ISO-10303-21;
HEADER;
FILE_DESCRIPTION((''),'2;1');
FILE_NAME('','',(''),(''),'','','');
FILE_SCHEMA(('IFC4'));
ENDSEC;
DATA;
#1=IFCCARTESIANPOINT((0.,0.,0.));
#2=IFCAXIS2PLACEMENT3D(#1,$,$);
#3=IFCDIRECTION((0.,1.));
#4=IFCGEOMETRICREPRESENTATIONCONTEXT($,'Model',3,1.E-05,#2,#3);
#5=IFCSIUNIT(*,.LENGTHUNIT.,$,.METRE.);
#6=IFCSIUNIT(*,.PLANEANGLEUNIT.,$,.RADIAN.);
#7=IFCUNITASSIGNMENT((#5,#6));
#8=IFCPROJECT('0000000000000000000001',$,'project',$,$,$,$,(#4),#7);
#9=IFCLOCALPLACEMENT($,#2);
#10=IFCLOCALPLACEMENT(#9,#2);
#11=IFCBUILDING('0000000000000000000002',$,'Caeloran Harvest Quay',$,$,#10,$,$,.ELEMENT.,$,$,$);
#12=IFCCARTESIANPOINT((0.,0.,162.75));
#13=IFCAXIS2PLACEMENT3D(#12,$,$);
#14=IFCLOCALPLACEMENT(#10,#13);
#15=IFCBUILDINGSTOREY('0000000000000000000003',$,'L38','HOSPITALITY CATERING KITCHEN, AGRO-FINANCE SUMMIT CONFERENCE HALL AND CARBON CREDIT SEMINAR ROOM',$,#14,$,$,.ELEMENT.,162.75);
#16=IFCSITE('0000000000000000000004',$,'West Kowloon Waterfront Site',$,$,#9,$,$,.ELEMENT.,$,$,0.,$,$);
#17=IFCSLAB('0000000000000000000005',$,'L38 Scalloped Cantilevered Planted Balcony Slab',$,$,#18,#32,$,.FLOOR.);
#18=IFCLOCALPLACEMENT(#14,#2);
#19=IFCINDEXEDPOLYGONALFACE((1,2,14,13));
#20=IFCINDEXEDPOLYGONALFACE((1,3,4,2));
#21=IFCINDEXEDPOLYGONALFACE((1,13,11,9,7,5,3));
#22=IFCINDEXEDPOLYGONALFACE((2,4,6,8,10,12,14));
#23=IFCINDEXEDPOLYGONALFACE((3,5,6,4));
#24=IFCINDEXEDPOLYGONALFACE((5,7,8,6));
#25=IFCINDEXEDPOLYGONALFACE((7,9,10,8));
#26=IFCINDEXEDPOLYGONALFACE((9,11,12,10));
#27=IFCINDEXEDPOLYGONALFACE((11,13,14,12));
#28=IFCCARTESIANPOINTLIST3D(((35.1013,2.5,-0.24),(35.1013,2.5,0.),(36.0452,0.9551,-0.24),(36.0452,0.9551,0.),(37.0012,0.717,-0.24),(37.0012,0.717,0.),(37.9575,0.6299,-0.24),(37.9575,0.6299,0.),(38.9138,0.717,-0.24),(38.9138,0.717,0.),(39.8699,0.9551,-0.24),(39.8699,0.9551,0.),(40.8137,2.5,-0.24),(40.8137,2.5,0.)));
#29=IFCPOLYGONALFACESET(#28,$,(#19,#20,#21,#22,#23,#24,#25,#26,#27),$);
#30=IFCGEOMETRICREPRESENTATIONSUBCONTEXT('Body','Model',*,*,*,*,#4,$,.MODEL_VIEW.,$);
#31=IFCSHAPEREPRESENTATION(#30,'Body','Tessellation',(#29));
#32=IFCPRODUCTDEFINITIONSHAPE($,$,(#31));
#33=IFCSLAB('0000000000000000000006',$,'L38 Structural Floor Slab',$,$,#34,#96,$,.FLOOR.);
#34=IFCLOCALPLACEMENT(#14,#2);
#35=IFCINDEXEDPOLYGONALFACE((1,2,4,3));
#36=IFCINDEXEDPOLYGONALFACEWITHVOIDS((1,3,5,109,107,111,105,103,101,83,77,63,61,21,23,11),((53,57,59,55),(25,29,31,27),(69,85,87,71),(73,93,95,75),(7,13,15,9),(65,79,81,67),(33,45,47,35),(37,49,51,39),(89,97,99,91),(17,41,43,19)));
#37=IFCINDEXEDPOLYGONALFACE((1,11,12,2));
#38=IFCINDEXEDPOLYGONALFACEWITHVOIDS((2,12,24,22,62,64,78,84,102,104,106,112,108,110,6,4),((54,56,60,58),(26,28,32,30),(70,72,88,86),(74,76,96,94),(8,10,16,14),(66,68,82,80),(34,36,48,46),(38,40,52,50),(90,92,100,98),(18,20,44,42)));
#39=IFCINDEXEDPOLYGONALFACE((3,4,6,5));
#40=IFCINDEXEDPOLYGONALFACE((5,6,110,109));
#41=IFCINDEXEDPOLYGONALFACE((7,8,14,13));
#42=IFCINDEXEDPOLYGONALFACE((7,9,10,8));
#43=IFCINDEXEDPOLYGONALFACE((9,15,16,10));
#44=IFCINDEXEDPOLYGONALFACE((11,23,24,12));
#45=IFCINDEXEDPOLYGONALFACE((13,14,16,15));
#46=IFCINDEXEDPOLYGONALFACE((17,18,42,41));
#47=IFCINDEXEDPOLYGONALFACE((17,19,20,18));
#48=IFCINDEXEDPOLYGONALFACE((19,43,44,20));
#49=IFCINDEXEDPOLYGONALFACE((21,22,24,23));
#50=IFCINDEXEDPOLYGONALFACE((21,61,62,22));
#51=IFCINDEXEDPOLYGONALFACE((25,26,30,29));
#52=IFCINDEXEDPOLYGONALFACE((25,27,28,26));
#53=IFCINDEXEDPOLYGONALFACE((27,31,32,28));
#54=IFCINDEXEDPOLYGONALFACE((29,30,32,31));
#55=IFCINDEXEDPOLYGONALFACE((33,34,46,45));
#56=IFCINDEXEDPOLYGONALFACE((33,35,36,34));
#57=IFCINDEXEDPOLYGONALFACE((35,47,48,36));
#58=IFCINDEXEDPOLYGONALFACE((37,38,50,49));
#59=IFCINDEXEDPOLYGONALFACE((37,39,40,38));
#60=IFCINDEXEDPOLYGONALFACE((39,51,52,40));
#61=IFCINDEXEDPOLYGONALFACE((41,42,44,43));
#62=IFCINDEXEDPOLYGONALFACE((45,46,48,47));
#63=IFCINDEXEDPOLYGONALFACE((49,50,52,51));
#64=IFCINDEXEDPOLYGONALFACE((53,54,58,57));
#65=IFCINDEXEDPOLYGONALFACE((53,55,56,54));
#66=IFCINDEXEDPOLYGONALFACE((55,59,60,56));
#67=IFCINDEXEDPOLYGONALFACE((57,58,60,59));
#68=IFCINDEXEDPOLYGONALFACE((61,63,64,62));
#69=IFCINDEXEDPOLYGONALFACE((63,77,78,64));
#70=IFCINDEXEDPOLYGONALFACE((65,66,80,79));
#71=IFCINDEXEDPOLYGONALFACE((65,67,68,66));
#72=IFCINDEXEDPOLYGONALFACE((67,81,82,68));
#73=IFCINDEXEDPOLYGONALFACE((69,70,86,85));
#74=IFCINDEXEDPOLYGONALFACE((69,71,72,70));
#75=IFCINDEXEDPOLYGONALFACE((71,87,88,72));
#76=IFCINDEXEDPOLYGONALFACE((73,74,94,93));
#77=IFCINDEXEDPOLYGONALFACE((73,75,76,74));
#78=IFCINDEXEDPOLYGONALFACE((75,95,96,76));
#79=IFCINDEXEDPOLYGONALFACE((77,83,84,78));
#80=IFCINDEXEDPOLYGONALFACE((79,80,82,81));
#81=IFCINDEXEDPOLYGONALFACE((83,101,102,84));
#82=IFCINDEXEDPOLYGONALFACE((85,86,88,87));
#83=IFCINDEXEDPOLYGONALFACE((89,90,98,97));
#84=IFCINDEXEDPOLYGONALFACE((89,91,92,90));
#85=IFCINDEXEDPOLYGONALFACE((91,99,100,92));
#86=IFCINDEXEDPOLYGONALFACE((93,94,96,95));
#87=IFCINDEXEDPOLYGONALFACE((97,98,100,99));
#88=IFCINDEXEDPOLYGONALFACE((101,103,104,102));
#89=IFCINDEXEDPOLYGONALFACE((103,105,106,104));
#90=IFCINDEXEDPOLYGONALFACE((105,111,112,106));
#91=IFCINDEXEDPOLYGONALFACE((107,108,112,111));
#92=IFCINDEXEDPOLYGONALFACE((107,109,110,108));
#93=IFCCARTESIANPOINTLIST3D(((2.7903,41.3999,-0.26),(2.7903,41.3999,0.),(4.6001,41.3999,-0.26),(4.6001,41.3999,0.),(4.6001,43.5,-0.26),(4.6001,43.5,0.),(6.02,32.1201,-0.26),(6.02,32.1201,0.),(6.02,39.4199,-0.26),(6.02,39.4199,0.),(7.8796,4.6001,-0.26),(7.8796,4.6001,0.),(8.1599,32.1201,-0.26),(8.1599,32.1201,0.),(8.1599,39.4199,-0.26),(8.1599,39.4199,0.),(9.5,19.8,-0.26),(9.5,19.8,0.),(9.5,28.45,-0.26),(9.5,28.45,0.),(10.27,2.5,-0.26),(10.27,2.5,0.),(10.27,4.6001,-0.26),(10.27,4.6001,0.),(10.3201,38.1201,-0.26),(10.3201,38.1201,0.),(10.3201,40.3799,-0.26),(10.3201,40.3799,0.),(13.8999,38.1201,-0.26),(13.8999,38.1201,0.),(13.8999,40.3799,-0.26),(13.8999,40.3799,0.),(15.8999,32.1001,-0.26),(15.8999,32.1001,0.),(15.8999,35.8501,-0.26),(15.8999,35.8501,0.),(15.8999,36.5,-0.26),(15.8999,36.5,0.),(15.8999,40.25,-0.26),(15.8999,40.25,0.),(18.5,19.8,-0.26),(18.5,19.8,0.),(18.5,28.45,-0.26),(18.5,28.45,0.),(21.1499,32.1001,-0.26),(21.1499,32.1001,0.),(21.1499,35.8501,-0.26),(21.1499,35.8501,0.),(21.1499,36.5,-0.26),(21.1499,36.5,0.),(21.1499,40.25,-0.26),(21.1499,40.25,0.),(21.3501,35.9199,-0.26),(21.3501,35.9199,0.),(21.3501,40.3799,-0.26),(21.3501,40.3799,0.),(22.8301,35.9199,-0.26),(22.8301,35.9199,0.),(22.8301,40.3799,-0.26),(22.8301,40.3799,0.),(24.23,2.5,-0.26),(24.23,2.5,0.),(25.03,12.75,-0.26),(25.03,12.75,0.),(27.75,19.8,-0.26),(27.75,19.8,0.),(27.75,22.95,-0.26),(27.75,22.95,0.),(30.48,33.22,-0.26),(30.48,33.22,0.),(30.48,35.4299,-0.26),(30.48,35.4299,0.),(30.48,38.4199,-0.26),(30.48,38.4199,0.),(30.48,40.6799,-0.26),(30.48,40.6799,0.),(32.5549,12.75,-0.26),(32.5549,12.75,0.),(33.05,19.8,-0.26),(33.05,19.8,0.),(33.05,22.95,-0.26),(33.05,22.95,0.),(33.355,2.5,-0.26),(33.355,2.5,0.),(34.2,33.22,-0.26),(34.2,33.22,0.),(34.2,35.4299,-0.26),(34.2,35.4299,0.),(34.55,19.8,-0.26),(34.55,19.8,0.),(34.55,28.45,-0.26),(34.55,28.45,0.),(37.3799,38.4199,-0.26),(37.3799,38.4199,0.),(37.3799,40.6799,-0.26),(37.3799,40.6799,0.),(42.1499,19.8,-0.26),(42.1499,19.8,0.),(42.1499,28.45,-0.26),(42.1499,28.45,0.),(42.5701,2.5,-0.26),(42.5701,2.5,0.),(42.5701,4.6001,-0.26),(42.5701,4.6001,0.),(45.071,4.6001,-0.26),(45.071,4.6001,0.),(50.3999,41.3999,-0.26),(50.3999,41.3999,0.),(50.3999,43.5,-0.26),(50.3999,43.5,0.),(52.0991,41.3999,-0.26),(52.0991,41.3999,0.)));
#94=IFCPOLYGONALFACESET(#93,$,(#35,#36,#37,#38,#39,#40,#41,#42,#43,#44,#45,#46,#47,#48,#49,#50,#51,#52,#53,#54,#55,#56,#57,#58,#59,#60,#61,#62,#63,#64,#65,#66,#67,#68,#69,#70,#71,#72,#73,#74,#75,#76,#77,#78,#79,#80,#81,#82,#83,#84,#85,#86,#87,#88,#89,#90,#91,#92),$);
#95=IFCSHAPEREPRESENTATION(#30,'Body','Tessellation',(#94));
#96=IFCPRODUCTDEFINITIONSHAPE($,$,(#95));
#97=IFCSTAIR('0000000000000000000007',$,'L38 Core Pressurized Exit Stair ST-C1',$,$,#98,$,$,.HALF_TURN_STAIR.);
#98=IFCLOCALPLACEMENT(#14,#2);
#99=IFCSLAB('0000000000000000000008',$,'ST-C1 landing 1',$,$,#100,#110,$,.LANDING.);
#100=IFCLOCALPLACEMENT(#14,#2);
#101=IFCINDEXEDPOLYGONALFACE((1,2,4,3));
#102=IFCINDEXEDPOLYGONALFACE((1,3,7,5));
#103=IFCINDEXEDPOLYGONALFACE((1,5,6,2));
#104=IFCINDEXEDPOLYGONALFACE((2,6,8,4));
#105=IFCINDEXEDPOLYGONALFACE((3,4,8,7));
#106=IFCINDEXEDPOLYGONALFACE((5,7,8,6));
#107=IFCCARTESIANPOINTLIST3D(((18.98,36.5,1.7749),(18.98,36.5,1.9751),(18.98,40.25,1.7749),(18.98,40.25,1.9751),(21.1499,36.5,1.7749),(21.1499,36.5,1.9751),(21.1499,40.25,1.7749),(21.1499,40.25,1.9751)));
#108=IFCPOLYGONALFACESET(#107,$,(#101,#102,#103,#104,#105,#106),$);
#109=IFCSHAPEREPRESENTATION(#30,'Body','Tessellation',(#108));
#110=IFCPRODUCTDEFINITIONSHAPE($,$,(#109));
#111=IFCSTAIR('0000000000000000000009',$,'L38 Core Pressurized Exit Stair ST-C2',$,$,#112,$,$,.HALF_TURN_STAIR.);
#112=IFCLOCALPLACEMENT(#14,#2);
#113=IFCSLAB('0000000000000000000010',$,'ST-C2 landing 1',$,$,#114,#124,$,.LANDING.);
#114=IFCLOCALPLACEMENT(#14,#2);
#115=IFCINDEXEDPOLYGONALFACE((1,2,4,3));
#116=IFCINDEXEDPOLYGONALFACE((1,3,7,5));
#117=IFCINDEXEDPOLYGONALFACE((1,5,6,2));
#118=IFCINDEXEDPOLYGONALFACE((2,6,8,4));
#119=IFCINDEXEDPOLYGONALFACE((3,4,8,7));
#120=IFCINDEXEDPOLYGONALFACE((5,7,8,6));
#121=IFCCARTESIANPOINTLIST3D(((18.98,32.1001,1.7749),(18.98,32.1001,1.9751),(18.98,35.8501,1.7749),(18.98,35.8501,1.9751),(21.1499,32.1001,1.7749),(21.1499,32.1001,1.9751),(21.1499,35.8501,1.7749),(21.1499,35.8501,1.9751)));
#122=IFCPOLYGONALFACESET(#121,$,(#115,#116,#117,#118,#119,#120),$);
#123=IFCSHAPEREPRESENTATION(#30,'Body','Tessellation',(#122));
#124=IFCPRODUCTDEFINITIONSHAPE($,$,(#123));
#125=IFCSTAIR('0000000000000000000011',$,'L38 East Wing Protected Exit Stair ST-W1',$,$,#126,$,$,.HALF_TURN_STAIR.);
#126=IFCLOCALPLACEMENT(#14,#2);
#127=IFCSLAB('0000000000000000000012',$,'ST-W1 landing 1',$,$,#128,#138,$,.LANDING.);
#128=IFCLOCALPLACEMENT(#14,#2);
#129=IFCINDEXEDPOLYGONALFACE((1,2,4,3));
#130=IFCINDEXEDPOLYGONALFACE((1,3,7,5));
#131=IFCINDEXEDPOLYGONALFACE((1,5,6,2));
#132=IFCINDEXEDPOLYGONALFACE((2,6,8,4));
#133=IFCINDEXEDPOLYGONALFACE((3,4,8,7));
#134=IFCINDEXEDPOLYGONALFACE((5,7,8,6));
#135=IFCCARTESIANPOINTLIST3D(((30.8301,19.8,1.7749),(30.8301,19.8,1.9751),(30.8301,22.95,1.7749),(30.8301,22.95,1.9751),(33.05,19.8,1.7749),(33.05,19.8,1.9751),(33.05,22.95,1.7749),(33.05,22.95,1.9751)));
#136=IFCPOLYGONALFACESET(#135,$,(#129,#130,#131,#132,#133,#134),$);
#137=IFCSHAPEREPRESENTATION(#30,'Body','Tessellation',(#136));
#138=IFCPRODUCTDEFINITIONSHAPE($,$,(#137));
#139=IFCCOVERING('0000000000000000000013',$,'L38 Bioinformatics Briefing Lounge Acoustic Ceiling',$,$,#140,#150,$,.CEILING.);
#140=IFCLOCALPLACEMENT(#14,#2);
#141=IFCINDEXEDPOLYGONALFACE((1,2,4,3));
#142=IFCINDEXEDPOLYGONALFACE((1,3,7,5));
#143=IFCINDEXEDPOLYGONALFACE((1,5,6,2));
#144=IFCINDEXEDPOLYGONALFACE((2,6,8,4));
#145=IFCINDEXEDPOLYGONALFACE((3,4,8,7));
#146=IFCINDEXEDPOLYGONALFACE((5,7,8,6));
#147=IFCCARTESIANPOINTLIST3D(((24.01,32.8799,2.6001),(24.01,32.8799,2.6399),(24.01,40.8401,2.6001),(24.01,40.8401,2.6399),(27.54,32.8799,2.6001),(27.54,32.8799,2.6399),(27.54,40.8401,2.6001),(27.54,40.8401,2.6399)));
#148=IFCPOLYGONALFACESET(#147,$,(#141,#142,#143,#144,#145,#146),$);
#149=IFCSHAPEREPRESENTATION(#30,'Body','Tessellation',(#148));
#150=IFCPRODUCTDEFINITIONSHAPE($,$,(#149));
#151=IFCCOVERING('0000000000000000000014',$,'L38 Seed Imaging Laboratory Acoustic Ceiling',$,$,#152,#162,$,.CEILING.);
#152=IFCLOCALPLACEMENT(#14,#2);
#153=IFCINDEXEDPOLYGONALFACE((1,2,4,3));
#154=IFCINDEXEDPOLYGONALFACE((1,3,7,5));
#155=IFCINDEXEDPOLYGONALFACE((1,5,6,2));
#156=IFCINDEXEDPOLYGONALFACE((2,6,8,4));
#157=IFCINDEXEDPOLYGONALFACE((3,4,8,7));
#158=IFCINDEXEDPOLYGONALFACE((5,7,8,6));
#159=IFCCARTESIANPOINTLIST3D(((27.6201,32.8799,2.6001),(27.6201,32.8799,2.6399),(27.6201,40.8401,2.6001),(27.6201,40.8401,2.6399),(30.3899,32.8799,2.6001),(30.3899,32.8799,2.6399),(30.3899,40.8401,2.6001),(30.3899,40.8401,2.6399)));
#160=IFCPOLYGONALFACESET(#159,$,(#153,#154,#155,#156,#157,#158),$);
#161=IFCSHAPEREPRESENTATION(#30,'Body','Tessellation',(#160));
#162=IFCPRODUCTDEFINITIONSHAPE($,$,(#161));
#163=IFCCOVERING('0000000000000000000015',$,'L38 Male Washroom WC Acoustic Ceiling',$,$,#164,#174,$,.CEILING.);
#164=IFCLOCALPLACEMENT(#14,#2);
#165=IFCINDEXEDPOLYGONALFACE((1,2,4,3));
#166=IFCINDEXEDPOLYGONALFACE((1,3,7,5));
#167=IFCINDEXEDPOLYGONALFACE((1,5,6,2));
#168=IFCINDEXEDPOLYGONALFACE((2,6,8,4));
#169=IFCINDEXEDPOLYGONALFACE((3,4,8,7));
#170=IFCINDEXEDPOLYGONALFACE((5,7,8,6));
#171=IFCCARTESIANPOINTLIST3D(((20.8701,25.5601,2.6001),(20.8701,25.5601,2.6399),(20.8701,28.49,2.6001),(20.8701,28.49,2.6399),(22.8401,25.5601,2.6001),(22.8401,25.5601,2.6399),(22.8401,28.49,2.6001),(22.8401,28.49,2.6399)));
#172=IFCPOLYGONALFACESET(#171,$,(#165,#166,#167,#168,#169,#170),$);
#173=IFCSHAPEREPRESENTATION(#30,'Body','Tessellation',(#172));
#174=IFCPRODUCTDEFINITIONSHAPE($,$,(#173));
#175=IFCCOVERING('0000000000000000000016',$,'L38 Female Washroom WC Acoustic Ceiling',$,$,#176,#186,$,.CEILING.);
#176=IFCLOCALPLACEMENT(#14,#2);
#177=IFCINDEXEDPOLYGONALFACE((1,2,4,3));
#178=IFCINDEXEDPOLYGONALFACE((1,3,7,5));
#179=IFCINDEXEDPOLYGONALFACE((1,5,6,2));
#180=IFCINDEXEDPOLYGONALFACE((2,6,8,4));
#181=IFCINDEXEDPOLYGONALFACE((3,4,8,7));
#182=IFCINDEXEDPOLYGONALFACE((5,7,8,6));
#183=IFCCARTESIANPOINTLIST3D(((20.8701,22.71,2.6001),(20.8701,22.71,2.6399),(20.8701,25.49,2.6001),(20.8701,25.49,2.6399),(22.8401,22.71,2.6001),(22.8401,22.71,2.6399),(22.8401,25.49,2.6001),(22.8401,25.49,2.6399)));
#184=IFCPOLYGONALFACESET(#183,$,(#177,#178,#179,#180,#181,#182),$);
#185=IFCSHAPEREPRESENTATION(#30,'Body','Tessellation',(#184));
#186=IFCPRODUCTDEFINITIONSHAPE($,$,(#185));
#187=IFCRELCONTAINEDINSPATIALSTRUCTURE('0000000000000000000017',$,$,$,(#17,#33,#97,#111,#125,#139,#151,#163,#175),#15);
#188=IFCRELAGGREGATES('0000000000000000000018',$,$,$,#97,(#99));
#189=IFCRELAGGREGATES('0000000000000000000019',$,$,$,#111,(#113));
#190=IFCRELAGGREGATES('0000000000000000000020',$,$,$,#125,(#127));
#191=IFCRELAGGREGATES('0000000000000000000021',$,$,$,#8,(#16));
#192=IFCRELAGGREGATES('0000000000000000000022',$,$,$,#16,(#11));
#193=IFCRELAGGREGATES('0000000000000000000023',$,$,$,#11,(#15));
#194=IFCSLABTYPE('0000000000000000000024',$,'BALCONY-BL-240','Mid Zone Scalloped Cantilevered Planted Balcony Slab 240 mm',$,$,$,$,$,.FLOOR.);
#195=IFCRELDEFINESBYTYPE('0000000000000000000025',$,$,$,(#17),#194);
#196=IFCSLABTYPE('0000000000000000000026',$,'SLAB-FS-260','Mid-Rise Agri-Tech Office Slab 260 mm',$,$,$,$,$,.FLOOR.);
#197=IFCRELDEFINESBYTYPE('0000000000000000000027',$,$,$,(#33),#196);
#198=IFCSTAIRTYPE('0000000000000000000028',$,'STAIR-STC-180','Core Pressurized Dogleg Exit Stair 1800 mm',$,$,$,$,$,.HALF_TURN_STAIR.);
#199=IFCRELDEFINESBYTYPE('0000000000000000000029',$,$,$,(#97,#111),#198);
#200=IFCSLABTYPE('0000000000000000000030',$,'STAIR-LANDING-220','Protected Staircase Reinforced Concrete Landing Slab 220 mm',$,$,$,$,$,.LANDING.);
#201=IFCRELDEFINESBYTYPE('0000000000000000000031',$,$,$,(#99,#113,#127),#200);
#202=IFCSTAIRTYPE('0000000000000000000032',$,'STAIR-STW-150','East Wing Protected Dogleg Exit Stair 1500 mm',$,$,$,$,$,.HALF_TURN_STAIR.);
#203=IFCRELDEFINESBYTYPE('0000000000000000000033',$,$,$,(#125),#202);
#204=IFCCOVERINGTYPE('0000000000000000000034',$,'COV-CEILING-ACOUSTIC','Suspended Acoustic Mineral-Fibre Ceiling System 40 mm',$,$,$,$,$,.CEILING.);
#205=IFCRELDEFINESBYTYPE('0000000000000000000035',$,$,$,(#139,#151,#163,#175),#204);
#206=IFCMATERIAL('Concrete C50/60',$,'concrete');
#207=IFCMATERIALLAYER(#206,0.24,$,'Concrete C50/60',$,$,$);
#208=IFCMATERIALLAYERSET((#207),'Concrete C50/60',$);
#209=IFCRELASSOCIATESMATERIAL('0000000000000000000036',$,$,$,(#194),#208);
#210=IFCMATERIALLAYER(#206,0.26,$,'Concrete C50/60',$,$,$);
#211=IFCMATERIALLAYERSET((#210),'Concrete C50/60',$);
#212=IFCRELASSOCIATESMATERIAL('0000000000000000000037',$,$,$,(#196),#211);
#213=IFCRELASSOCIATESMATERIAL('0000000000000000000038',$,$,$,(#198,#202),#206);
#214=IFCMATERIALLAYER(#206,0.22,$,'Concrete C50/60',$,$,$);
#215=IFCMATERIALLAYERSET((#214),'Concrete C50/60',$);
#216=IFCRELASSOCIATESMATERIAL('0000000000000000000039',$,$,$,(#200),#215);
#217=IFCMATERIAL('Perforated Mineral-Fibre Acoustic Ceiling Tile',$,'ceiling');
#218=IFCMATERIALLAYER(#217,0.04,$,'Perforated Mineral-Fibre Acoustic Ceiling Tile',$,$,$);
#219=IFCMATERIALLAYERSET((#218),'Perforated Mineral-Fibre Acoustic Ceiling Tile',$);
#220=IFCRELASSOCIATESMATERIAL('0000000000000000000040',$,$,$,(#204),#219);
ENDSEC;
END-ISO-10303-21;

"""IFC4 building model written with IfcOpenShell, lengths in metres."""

from ifc_helpers import new_model, si_unit, direction, frame, origin, place, context, subcontext, project, spatial, polyline, outline, extrude, material, layer, layer_set, type_object, element, aggregate, save


model = new_model("IFC4")

# Units and contexts
model_context = context("Model", 3, precision=1e-05, world=origin(), true_north=direction((0.0, 1.0)))
body_context = subcontext(model_context, "Body", "Model", "MODEL_VIEW")
ifc_project = project(units=[si_unit("LENGTHUNIT", "METRE"), si_unit("PLANEANGLEUNIT", "RADIAN")], contexts=[model_context])

# Site, building, storey
site_placement = place(None, origin())
site = spatial("IfcSite", under=ifc_project, at=site_placement, Name="West Kowloon Waterfront Site", CompositionType="ELEMENT", RefElevation=0.0)
building_placement = place(site_placement, origin())
building = spatial("IfcBuilding", under=site, at=building_placement, Name="Caeloran Harvest Quay", CompositionType="ELEMENT")
storey_placement = place(building_placement, frame((0.0, 0.0, 162.75)))
storey = spatial("IfcBuildingStorey", under=building, at=storey_placement, Name="L38", Description="HOSPITALITY CATERING KITCHEN, AGRO-FINANCE SUMMIT CONFERENCE HALL AND CARBON CREDIT SEMINAR ROOM", CompositionType="ELEMENT", Elevation=162.75)

# Slabs
ifc_material_1 = material(Name="Concrete C50/60", Category="concrete")
ifc_layer_1 = layer(ifc_material_1, 0.24, Name="Concrete C50/60")
ifc_layer_set_1 = layer_set([ifc_layer_1], Name="Concrete C50/60")
slab_type_1 = type_object("IfcSlabType", Name="BALCONY-BL-240", Description="Mid Zone Scalloped Cantilevered Planted Balcony Slab 240 mm", PredefinedType="FLOOR", material=ifc_layer_set_1)
slab_1_placement = place(storey_placement, frame((0.0, 0.0, -0.24)))
element("IfcSlab", 1, at=slab_1_placement, inside=storey, type_object=slab_type_1, Name="L38 Scalloped Cantilevered Planted Balcony Slab", PredefinedType="FLOOR", context=body_context, shape_type="SweptSolid", body=[
    extrude(outline(polyline([(39.8699, 0.9551), (38.9138, 0.717), (37.9575, 0.6299), (37.0012, 0.717), (36.0452, 0.9551), (35.1013, 2.5), (40.8137, 2.5), (39.8699, 0.9551)])), origin(), (0.0, 0.0, 1.0), 0.24),
])
ifc_layer_2 = layer(ifc_material_1, 0.26, Name="Concrete C50/60")
ifc_layer_set_2 = layer_set([ifc_layer_2], Name="Concrete C50/60")
slab_type_2 = type_object("IfcSlabType", Name="SLAB-FS-260", Description="Mid-Rise Agri-Tech Office Slab 260 mm", PredefinedType="FLOOR", material=ifc_layer_set_2)
slab_2_placement = place(storey_placement, frame((0.0, 0.0, -0.26)))
element("IfcSlab", 2, at=slab_2_placement, inside=storey, type_object=slab_type_2, Name="L38 Structural Floor Slab", PredefinedType="FLOOR", context=body_context, shape_type="SweptSolid", body=[
    extrude(outline(polyline([(10.27, 2.5), (24.23, 2.5), (25.03, 12.75), (32.5549, 12.75), (33.355, 2.5), (42.5701, 2.5), (42.5701, 4.6001), (45.071, 4.6001), (52.0991, 41.3999), (50.3999, 41.3999), (50.3999, 43.5), (4.6001, 43.5), (4.6001, 41.3999), (2.7903, 41.3999), (7.8796, 4.6001), (10.27, 4.6001), (10.27, 2.5)]), holes=[polyline([(27.75, 19.8), (27.75, 22.95), (33.05, 22.95), (33.05, 19.8), (27.75, 19.8)]), polyline([(18.5, 19.8), (9.5, 19.8), (9.5, 28.45), (18.5, 28.45), (18.5, 19.8)]), polyline([(42.1499, 19.8), (34.55, 19.8), (34.55, 28.45), (42.1499, 28.45), (42.1499, 19.8)]), polyline([(15.8999, 35.8501), (21.1499, 35.8501), (21.1499, 32.1001), (15.8999, 32.1001), (15.8999, 35.8501)]), polyline([(30.48, 33.22), (30.48, 35.4299), (34.2, 35.4299), (34.2, 33.22), (30.48, 33.22)]), polyline([(8.1599, 32.1201), (6.02, 32.1201), (6.02, 39.4199), (8.1599, 39.4199), (8.1599, 32.1201)]), polyline([(22.8301, 35.9199), (21.3501, 35.9199), (21.3501, 40.3799), (22.8301, 40.3799), (22.8301, 35.9199)]), polyline([(15.8999, 36.5), (15.8999, 40.25), (21.1499, 40.25), (21.1499, 36.5), (15.8999, 36.5)]), polyline([(10.3201, 38.1201), (10.3201, 40.3799), (13.8999, 40.3799), (13.8999, 38.1201), (10.3201, 38.1201)]), polyline([(30.48, 38.4199), (30.48, 40.6799), (37.3799, 40.6799), (37.3799, 38.4199), (30.48, 38.4199)])]), origin(), (0.0, 0.0, 1.0), 0.26),
])

# Stairs, slabs
stair_type_1 = type_object("IfcStairType", Name="STAIR-STC-180", Description="Core Pressurized Dogleg Exit Stair 1800 mm", PredefinedType="HALF_TURN_STAIR", material=ifc_material_1)
stair_1_placement = place(storey_placement, origin())
stair_1 = element("IfcStair", 3, at=stair_1_placement, inside=storey, type_object=stair_type_1, Name="L38 Core Pressurized Exit Stair ST-C1", PredefinedType="HALF_TURN_STAIR")
ifc_layer_3 = layer(ifc_material_1, 0.22, Name="Concrete C50/60")
ifc_layer_set_3 = layer_set([ifc_layer_3], Name="Concrete C50/60")
slab_type_3 = type_object("IfcSlabType", Name="STAIR-LANDING-220", Description="Protected Staircase Reinforced Concrete Landing Slab 220 mm", PredefinedType="LANDING", material=ifc_layer_set_3)
slab_3_placement = place(storey_placement, frame((0.0, 0.0, 1.7749)))
slab_3 = element("IfcSlab", 4, at=slab_3_placement, type_object=slab_type_3, Name="ST-C1 landing 1", PredefinedType="LANDING", context=body_context, shape_type="SweptSolid", body=[
    extrude(outline(polyline([(18.98, 36.5), (21.1499, 36.5), (21.1499, 40.25), (18.98, 40.25), (18.98, 36.5)])), origin(), (0.0, 0.0, 1.0), 0.2002),
])
aggregate(stair_1, [slab_3])
stair_2_placement = place(storey_placement, origin())
stair_2 = element("IfcStair", 5, at=stair_2_placement, inside=storey, type_object=stair_type_1, Name="L38 Core Pressurized Exit Stair ST-C2", PredefinedType="HALF_TURN_STAIR")
slab_4_placement = place(storey_placement, frame((0.0, 0.0, 1.7749)))
slab_4 = element("IfcSlab", 6, at=slab_4_placement, type_object=slab_type_3, Name="ST-C2 landing 1", PredefinedType="LANDING", context=body_context, shape_type="SweptSolid", body=[
    extrude(outline(polyline([(18.98, 32.1001), (21.1499, 32.1001), (21.1499, 35.8501), (18.98, 35.8501), (18.98, 32.1001)])), origin(), (0.0, 0.0, 1.0), 0.2002),
])
aggregate(stair_2, [slab_4])
stair_type_2 = type_object("IfcStairType", Name="STAIR-STW-150", Description="East Wing Protected Dogleg Exit Stair 1500 mm", PredefinedType="HALF_TURN_STAIR", material=ifc_material_1)
stair_3_placement = place(storey_placement, origin())
stair_3 = element("IfcStair", 7, at=stair_3_placement, inside=storey, type_object=stair_type_2, Name="L38 East Wing Protected Exit Stair ST-W1", PredefinedType="HALF_TURN_STAIR")
slab_5_placement = place(storey_placement, frame((0.0, 0.0, 1.7749)))
slab_5 = element("IfcSlab", 8, at=slab_5_placement, type_object=slab_type_3, Name="ST-W1 landing 1", PredefinedType="LANDING", context=body_context, shape_type="SweptSolid", body=[
    extrude(outline(polyline([(30.8301, 19.8), (33.05, 19.8), (33.05, 22.95), (30.8301, 22.95), (30.8301, 19.8)])), origin(), (0.0, 0.0, 1.0), 0.2002),
])
aggregate(stair_3, [slab_5])

# Coverings
ifc_material_2 = material(Name="Perforated Mineral-Fibre Acoustic Ceiling Tile", Category="ceiling")
ifc_layer_4 = layer(ifc_material_2, 0.04, Name="Perforated Mineral-Fibre Acoustic Ceiling Tile")
ifc_layer_set_4 = layer_set([ifc_layer_4], Name="Perforated Mineral-Fibre Acoustic Ceiling Tile")
covering_type_1 = type_object("IfcCoveringType", Name="COV-CEILING-ACOUSTIC", Description="Suspended Acoustic Mineral-Fibre Ceiling System 40 mm", PredefinedType="CEILING", material=ifc_layer_set_4)
covering_1_placement = place(storey_placement, frame((0.0, 0.0, 2.6001)))
element("IfcCovering", 9, at=covering_1_placement, inside=storey, type_object=covering_type_1, Name="L38 Bioinformatics Briefing Lounge Acoustic Ceiling", PredefinedType="CEILING", context=body_context, shape_type="SweptSolid", body=[
    extrude(outline(polyline([(27.54, 40.8401), (27.54, 32.8799), (24.01, 32.8799), (24.01, 40.8401), (27.54, 40.8401)])), origin(), (0.0, 0.0, 1.0), 0.0398),
])
covering_2_placement = place(storey_placement, frame((0.0, 0.0, 2.6001)))
element("IfcCovering", 10, at=covering_2_placement, inside=storey, type_object=covering_type_1, Name="L38 Seed Imaging Laboratory Acoustic Ceiling", PredefinedType="CEILING", context=body_context, shape_type="SweptSolid", body=[
    extrude(outline(polyline([(30.3899, 40.8401), (30.3899, 32.8799), (27.6201, 32.8799), (27.6201, 40.8401), (30.3899, 40.8401)])), origin(), (0.0, 0.0, 1.0), 0.0398),
])
covering_3_placement = place(storey_placement, frame((0.0, 0.0, 2.6001)))
element("IfcCovering", 11, at=covering_3_placement, inside=storey, type_object=covering_type_1, Name="L38 Male Washroom WC Acoustic Ceiling", PredefinedType="CEILING", context=body_context, shape_type="SweptSolid", body=[
    extrude(outline(polyline([(22.8401, 25.5601), (20.8701, 25.5601), (20.8701, 28.49), (22.8401, 28.49), (22.8401, 25.5601)])), origin(), (0.0, 0.0, 1.0), 0.0398),
])
covering_4_placement = place(storey_placement, frame((0.0, 0.0, 2.6001)))
element("IfcCovering", 12, at=covering_4_placement, inside=storey, type_object=covering_type_1, Name="L38 Female Washroom WC Acoustic Ceiling", PredefinedType="CEILING", context=body_context, shape_type="SweptSolid", body=[
    extrude(outline(polyline([(22.8401, 22.71), (20.8701, 22.71), (20.8701, 25.49), (22.8401, 25.49), (22.8401, 22.71)])), origin(), (0.0, 0.0, 1.0), 0.0398),
])

save(model, "model.ifc")
